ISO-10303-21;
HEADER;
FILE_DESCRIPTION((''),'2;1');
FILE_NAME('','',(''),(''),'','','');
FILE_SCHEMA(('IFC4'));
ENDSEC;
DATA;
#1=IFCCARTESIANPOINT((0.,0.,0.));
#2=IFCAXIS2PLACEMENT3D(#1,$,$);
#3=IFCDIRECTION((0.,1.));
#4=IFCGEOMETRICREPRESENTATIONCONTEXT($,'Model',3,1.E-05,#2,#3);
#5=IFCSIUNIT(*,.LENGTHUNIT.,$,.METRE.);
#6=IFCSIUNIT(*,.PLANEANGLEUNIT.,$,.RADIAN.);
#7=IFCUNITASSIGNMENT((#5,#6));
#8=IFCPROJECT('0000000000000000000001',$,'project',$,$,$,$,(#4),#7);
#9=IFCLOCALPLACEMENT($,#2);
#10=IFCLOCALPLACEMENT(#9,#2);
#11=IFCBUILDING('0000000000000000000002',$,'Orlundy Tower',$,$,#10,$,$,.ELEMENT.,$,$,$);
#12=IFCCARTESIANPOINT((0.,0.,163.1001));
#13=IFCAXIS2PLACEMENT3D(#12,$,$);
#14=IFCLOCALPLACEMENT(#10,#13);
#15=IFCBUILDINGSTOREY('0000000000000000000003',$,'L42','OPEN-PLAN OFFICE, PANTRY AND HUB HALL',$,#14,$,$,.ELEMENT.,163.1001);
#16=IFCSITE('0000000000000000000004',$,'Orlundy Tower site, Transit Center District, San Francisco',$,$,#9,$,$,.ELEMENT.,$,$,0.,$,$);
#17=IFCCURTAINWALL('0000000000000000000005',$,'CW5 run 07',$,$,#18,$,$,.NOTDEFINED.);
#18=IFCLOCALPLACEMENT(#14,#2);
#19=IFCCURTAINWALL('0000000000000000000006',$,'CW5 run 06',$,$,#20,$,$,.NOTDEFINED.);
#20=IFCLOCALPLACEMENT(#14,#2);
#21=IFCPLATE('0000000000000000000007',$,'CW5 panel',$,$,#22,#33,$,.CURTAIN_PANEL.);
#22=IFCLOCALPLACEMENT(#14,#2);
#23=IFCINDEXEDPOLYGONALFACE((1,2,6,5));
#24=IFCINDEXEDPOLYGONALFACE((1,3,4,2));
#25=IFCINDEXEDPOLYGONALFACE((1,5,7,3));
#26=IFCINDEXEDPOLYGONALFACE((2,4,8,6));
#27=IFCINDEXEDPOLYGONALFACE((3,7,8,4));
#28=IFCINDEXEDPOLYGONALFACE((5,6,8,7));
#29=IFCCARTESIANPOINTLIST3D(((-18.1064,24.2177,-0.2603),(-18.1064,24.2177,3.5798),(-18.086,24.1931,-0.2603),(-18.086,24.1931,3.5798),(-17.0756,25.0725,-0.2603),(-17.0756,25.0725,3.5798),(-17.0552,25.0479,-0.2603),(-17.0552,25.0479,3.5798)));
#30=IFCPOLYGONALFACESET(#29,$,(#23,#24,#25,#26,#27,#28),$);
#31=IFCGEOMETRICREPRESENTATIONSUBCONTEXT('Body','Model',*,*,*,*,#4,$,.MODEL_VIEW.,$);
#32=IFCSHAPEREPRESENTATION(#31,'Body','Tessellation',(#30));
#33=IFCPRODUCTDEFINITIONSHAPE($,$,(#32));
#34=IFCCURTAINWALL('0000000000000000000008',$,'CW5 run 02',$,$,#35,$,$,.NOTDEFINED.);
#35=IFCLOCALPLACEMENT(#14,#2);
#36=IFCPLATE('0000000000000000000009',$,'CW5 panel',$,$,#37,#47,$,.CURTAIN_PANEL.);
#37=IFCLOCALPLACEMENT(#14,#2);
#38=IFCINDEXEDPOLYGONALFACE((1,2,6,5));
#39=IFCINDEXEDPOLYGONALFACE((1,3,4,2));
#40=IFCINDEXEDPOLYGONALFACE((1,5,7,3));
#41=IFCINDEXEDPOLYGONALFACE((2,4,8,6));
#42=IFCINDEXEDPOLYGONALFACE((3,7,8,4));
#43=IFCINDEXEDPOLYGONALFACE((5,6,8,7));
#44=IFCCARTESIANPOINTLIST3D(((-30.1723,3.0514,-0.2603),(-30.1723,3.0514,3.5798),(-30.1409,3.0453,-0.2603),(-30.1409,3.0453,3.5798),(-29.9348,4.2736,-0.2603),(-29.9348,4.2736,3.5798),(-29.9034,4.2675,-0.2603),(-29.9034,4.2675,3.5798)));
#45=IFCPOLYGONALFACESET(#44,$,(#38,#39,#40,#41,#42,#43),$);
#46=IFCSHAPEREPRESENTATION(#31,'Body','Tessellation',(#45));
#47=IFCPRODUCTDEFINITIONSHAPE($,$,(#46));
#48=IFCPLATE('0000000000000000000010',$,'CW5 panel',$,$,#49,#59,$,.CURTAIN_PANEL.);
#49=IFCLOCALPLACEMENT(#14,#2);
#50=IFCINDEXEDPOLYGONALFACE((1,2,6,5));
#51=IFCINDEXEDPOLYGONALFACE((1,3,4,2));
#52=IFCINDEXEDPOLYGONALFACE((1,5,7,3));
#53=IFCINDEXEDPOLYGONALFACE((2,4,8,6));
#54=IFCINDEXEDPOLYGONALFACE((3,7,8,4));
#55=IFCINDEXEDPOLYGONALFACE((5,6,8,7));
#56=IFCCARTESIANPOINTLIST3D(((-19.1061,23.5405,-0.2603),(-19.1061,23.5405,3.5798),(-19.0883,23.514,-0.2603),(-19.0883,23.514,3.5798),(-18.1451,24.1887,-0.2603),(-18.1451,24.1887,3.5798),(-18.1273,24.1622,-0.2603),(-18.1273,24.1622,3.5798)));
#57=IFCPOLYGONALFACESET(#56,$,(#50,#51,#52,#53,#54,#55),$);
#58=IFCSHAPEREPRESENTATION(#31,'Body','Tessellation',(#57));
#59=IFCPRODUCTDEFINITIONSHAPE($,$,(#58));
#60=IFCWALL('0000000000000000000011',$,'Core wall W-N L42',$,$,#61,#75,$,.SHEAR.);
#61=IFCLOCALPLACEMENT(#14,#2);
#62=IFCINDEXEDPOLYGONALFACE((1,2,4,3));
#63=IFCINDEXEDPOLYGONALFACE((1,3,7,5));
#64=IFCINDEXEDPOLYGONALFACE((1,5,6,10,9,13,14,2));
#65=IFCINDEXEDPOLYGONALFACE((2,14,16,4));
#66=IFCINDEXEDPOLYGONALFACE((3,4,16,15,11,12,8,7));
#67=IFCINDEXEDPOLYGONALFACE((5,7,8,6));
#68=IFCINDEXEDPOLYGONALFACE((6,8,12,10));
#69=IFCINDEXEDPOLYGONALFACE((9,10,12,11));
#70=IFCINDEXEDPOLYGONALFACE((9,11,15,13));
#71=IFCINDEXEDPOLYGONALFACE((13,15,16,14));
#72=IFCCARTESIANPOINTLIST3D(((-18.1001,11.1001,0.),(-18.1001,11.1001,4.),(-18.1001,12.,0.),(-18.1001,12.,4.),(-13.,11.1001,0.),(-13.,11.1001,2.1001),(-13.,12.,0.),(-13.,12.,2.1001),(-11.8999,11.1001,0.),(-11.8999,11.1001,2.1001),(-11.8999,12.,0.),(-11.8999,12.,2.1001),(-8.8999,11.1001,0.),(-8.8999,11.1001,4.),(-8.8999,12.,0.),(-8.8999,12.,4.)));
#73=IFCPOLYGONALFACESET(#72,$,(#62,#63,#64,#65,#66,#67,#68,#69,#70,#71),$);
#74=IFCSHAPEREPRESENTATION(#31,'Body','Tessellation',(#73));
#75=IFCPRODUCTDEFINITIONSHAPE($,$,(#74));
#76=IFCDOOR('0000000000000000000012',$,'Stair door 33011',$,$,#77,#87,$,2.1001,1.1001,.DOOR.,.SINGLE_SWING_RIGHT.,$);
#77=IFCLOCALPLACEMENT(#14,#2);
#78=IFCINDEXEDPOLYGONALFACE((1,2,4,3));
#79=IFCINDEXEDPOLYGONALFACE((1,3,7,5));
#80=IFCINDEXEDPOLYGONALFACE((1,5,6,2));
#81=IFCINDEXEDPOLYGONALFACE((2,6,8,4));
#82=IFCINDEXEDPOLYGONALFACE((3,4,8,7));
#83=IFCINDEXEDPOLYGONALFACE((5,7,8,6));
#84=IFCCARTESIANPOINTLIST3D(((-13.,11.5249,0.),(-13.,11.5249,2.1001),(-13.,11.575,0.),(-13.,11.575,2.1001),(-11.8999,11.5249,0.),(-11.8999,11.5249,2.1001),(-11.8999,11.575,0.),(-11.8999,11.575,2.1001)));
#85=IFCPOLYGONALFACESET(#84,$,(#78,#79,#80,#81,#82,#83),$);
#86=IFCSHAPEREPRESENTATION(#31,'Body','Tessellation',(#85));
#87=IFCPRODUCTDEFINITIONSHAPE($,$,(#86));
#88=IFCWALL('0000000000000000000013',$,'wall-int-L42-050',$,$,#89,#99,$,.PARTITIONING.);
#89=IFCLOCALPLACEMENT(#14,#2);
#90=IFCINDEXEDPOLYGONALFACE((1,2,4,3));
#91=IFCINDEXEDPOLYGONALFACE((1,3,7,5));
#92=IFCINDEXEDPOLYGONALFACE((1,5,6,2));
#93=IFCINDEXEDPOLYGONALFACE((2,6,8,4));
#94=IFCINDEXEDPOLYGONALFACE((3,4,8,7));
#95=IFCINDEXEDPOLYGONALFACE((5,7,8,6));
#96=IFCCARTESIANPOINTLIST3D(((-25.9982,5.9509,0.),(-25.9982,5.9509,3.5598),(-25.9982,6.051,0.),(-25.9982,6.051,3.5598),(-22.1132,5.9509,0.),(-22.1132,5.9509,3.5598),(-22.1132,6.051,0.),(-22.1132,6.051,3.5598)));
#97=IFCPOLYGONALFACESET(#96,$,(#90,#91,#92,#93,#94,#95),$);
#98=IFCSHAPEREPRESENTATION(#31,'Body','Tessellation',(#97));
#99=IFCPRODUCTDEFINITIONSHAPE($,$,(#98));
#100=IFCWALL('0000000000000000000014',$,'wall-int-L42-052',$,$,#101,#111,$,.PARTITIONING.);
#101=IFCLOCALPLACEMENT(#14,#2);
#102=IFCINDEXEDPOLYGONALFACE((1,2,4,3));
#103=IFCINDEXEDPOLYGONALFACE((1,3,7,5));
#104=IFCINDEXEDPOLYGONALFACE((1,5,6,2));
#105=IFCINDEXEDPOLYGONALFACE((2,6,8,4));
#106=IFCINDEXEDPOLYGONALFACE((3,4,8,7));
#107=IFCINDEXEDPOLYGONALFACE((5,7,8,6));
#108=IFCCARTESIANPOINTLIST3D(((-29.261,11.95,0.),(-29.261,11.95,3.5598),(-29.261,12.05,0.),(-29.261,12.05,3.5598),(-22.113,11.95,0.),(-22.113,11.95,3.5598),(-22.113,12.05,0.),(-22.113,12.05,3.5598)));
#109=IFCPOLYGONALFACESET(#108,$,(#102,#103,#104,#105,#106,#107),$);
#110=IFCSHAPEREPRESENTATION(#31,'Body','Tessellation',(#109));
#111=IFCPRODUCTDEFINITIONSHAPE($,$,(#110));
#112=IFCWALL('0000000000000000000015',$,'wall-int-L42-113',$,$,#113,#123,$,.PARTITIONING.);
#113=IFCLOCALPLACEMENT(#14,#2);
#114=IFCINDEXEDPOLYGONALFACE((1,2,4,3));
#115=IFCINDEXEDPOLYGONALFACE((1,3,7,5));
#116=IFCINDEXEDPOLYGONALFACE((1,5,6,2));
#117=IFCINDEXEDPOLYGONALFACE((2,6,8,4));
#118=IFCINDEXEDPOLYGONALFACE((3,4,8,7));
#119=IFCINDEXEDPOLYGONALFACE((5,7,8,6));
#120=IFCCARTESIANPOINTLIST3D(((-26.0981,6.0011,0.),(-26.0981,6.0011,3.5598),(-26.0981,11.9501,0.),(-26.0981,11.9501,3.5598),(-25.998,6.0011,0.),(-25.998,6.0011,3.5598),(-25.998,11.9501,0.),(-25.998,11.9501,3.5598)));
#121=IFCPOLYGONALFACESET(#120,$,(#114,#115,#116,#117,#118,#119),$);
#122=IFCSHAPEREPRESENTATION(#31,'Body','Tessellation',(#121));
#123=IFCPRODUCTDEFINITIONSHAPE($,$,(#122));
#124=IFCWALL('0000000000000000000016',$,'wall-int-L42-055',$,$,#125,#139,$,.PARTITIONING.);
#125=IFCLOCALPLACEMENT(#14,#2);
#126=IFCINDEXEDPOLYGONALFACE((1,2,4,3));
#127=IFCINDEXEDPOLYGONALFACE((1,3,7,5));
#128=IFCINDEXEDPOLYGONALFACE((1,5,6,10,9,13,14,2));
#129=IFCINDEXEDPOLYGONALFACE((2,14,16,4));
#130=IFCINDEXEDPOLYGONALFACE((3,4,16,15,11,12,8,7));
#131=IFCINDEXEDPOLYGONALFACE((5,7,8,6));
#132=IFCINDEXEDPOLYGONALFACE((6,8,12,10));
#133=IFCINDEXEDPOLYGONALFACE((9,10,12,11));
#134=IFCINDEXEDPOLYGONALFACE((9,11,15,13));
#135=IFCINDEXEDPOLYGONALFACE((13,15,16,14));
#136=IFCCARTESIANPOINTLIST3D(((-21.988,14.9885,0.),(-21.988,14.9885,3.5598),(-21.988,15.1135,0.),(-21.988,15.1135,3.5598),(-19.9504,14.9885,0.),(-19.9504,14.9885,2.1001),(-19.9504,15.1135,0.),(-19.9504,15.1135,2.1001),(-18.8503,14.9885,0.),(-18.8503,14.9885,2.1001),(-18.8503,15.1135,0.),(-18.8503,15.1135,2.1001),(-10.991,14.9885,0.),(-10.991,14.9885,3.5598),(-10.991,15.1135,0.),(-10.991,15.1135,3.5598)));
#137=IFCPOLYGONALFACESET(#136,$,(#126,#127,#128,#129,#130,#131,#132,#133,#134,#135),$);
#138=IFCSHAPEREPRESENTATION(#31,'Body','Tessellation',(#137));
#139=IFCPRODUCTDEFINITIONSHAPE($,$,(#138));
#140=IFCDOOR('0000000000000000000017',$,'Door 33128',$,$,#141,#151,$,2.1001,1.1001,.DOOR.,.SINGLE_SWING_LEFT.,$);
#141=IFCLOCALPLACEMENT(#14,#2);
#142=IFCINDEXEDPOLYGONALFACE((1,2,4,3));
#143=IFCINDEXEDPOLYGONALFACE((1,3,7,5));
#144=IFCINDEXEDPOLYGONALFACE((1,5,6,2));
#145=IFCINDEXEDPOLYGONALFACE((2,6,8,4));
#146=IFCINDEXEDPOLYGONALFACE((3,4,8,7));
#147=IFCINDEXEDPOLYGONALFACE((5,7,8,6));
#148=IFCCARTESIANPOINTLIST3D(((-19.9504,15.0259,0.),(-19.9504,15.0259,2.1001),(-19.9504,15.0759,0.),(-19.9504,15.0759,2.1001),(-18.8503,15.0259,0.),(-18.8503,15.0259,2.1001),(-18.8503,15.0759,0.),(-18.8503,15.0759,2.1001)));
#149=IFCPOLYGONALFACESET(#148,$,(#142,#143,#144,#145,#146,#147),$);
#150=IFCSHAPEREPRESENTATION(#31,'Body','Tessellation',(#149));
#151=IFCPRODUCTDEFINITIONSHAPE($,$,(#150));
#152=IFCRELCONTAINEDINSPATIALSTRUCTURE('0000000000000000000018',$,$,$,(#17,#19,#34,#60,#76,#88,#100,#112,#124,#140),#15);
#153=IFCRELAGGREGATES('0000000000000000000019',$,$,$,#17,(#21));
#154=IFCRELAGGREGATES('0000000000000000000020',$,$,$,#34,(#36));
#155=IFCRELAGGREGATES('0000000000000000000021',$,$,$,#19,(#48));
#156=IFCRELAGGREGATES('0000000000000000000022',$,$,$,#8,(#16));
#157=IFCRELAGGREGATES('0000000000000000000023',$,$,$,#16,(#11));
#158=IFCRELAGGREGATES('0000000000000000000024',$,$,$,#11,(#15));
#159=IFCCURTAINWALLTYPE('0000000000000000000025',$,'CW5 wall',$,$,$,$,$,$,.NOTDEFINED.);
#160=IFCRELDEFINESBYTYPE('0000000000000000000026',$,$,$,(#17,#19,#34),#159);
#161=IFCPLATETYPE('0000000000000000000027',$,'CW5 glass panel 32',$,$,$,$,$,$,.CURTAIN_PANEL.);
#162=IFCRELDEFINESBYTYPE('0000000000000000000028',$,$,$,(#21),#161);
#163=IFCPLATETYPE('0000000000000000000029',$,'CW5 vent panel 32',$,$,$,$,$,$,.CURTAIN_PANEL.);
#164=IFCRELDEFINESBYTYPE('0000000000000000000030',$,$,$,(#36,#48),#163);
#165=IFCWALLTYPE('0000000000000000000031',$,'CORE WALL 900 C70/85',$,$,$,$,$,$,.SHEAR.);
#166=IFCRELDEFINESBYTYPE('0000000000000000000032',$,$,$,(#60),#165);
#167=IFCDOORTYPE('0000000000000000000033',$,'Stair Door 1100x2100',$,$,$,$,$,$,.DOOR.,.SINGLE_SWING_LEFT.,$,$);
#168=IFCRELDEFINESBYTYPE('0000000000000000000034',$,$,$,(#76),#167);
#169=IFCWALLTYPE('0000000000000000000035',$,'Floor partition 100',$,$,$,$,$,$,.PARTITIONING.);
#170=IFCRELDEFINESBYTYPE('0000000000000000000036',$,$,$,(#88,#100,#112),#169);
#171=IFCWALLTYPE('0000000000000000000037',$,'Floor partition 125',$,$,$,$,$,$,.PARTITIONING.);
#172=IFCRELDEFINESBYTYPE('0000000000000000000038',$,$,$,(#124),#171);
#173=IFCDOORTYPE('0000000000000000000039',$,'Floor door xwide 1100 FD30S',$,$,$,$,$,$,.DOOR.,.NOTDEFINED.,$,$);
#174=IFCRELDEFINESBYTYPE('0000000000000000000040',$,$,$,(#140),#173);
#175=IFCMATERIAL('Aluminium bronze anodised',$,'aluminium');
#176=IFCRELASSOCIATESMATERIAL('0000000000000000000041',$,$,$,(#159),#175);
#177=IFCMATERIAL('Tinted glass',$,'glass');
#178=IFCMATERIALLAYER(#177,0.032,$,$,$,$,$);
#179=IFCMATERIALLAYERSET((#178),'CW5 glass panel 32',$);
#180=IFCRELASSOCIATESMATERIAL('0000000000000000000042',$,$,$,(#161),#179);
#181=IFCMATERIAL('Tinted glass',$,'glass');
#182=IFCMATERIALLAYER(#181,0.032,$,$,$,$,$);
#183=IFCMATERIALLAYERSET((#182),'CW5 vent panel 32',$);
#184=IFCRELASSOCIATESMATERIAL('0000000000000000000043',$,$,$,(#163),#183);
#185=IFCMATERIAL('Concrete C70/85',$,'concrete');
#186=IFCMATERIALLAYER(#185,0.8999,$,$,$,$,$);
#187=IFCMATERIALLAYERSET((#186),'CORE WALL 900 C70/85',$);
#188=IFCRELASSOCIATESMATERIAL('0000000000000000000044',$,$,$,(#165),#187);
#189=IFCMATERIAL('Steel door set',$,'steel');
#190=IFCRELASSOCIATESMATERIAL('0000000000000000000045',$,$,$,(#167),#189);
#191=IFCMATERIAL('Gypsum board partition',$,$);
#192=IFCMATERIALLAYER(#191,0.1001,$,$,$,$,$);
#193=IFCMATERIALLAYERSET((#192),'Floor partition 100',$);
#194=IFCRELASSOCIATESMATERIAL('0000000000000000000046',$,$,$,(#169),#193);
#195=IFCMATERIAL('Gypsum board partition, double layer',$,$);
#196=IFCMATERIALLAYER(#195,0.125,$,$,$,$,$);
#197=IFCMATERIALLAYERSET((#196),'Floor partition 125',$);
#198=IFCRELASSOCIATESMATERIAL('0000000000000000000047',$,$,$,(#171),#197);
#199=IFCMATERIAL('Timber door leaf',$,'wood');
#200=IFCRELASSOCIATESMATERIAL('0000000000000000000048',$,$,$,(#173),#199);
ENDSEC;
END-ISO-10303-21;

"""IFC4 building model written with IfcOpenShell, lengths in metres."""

from ifc_helpers import new_model, si_unit, direction, frame, frame_2d, origin, origin_2d, place, context, subcontext, project, spatial, rectangle, extrude, material, layer, layer_set, type_object, element, fill, aggregate, save


model = new_model("IFC4")

# Units and contexts
model_context = context("Model", 3, precision=1e-05, world=origin(), true_north=direction((0.0, 1.0)))
body_context = subcontext(model_context, "Body", "Model", "MODEL_VIEW")
ifc_project = project(units=[si_unit("LENGTHUNIT", "METRE"), si_unit("PLANEANGLEUNIT", "RADIAN")], contexts=[model_context])

# Site, building, storey
site_placement = place(None, origin())
site = spatial("IfcSite", under=ifc_project, at=site_placement, Name="Orlundy Tower site, Transit Center District, San Francisco", CompositionType="ELEMENT", RefElevation=0.0)
building_placement = place(site_placement, origin())
building = spatial("IfcBuilding", under=site, at=building_placement, Name="Orlundy Tower", CompositionType="ELEMENT")
storey_placement = place(building_placement, frame((0.0, 0.0, 163.1001)))
storey = spatial("IfcBuildingStorey", under=building, at=storey_placement, Name="L42", Description="OPEN-PLAN OFFICE, PANTRY AND HUB HALL", CompositionType="ELEMENT", Elevation=163.1001)

# Curtain wall
ifc_material_1 = material(Name="Aluminium bronze anodised", Category="aluminium")
curtain_wall_type = type_object("IfcCurtainWallType", Name="CW5 wall", PredefinedType="NOTDEFINED", material=ifc_material_1)
curtain_wall_1_placement = place(storey_placement, origin())
curtain_wall_1 = element("IfcCurtainWall", 1, at=curtain_wall_1_placement, inside=storey, type_object=curtain_wall_type, Name="CW5 run 07", PredefinedType="NOTDEFINED")

# Curtain wall
curtain_wall_2_placement = place(storey_placement, origin())
curtain_wall_2 = element("IfcCurtainWall", 2, at=curtain_wall_2_placement, inside=storey, type_object=curtain_wall_type, Name="CW5 run 06", PredefinedType="NOTDEFINED")

# Plate
ifc_material_2 = material(Name="Tinted glass", Category="glass")
ifc_layer_1 = layer(ifc_material_2, 0.032)
ifc_layer_set_1 = layer_set([ifc_layer_1], Name="CW5 glass panel 32")
plate_type_1 = type_object("IfcPlateType", Name="CW5 glass panel 32", PredefinedType="CURTAIN_PANEL", material=ifc_layer_set_1)
plate_1_placement = place(storey_placement, frame((-17.5808, 24.6328, -0.2603), z_axis=(0.0, 0.0, 1.0), x_axis=(0.76977, 0.638321, 0.0)))
plate_1 = element("IfcPlate", 3, at=plate_1_placement, type_object=plate_type_1, Name="CW5 panel", PredefinedType="CURTAIN_PANEL", context=body_context, shape_type="SweptSolid", body=[
    extrude(rectangle(XDim=1.3391, YDim=0.032, at=origin_2d()), origin(), (0.0, 0.0, 1.0), 3.8401),
])
aggregate(curtain_wall_1, [plate_1])

# Curtain wall, plate
curtain_wall_3_placement = place(storey_placement, origin())
curtain_wall_3 = element("IfcCurtainWall", 4, at=curtain_wall_3_placement, inside=storey, type_object=curtain_wall_type, Name="CW5 run 02", PredefinedType="NOTDEFINED")
ifc_material_3 = material(Name="Tinted glass", Category="glass")
ifc_layer_2 = layer(ifc_material_3, 0.032)
ifc_layer_set_2 = layer_set([ifc_layer_2], Name="CW5 vent panel 32")
plate_type_2 = type_object("IfcPlateType", Name="CW5 vent panel 32", PredefinedType="CURTAIN_PANEL", material=ifc_layer_set_2)
plate_2_placement = place(storey_placement, frame((-30.0378, 3.6594, -0.2603), z_axis=(0.0, 0.0, 1.0), x_axis=(0.190789, 0.981631, 0.0)))
plate_2 = element("IfcPlate", 5, at=plate_2_placement, type_object=plate_type_2, Name="CW5 panel", PredefinedType="CURTAIN_PANEL", context=body_context, shape_type="SweptSolid", body=[
    extrude(rectangle(XDim=1.2451, YDim=0.032, at=origin_2d()), origin(), (0.0, 0.0, 1.0), 3.8401),
])
aggregate(curtain_wall_3, [plate_2])

# Plate
plate_3_placement = place(storey_placement, frame((-18.6167, 23.8513, -0.2603), z_axis=(0.0, 0.0, 1.0), x_axis=(0.82903, 0.559204, 0.0)))
plate_3 = element("IfcPlate", 6, at=plate_3_placement, type_object=plate_type_2, Name="CW5 panel", PredefinedType="CURTAIN_PANEL", context=body_context, shape_type="SweptSolid", body=[
    extrude(rectangle(XDim=1.1592, YDim=0.032, at=origin_2d()), origin(), (0.0, 0.0, 1.0), 3.8401),
])
aggregate(curtain_wall_2, [plate_3])

# Wall, opening, door
ifc_material_4 = material(Name="Concrete C70/85", Category="concrete")
ifc_layer_3 = layer(ifc_material_4, 0.8999)
ifc_layer_set_3 = layer_set([ifc_layer_3], Name="CORE WALL 900 C70/85")
wall_type_1 = type_object("IfcWallType", Name="CORE WALL 900 C70/85", PredefinedType="SHEAR", material=ifc_layer_set_3)
wall_1_placement = place(storey_placement, frame((-18.1001, 11.55, 0.0), z_axis=(0.0, 0.0, 1.0), x_axis=(1.0, 0.0, 0.0)))
wall_1 = element("IfcWall", 7, at=wall_1_placement, inside=storey, type_object=wall_type_1, Name="Core wall W-N L42", PredefinedType="SHEAR", context=body_context, shape_type="SweptSolid", body=[
    extrude(rectangle(XDim=9.2002, YDim=0.8999, at=frame_2d((4.6001, 0.0))), origin(), (0.0, 0.0, 1.0), 4.0),
])
opening_1_placement = place(wall_1_placement, frame((5.1001, 0.0, 0.0)))
opening_1 = element("IfcOpeningElement", 8, at=opening_1_placement, cuts=wall_1, PredefinedType="OPENING", context=body_context, shape_type="SweptSolid", body=[
    extrude(rectangle(XDim=1.1001, YDim=2.1001, at=frame_2d((0.55, 1.05))), frame((0.0, 0.46, 0.0), z_axis=(0.0, -1.0, 0.0), x_axis=(1.0, 0.0, 0.0)), (0.0, 0.0, 1.0), 0.9199),
])
ifc_material_5 = material(Name="Steel door set", Category="steel")
door_type_1 = type_object("IfcDoorType", Name="Stair Door 1100x2100", OperationType="SINGLE_SWING_LEFT", PredefinedType="DOOR", material=ifc_material_5)
door_1_placement = place(opening_1_placement, origin())
door_1 = element("IfcDoor", 9, at=door_1_placement, inside=storey, type_object=door_type_1, Name="Stair door 33011", OperationType="SINGLE_SWING_RIGHT", OverallHeight=2.1001, OverallWidth=1.1001, PredefinedType="DOOR", context=body_context, shape_type="SweptSolid", body=[
    extrude(rectangle(XDim=1.1001, YDim=2.1001, at=frame_2d((0.55, 1.05))), frame((0.0, 0.0249, 0.0), z_axis=(0.0, -1.0, 0.0), x_axis=(1.0, 0.0, 0.0)), (0.0, 0.0, 1.0), 0.05),
])
fill(opening_1, door_1)

# Walls
ifc_material_6 = material(Name="Gypsum board partition")
ifc_layer_4 = layer(ifc_material_6, 0.1001)
ifc_layer_set_4 = layer_set([ifc_layer_4], Name="Floor partition 100")
wall_type_2 = type_object("IfcWallType", Name="Floor partition 100", PredefinedType="PARTITIONING", material=ifc_layer_set_4)
wall_2_placement = place(storey_placement, frame((-25.998, 6.001, 0.0), z_axis=(0.0, 0.0, 1.0), x_axis=(1.0, 0.0, 0.0)))
element("IfcWall", 10, at=wall_2_placement, inside=storey, type_object=wall_type_2, Name="wall-int-L42-050", PredefinedType="PARTITIONING", context=body_context, shape_type="SweptSolid", body=[
    extrude(rectangle(XDim=3.885, YDim=0.1001, at=frame_2d((1.9424, 0.0))), origin(), (0.0, 0.0, 1.0), 3.5598),
])
wall_3_placement = place(storey_placement, frame((-29.261, 12.0, 0.0), z_axis=(0.0, 0.0, 1.0), x_axis=(1.0, 0.0, 0.0)))
element("IfcWall", 11, at=wall_3_placement, inside=storey, type_object=wall_type_2, Name="wall-int-L42-052", PredefinedType="PARTITIONING", context=body_context, shape_type="SweptSolid", body=[
    extrude(rectangle(XDim=7.1479, YDim=0.1001, at=frame_2d((3.574, 0.0))), origin(), (0.0, 0.0, 1.0), 3.5598),
])
wall_4_placement = place(storey_placement, frame((-26.0481, 6.001, 0.0), z_axis=(0.0, 0.0, 1.0), x_axis=(0.0, 1.0, 0.0)))
element("IfcWall", 12, at=wall_4_placement, inside=storey, type_object=wall_type_2, Name="wall-int-L42-113", PredefinedType="PARTITIONING", context=body_context, shape_type="SweptSolid", body=[
    extrude(rectangle(XDim=5.949, YDim=0.1001, at=frame_2d((2.9746, 0.0))), origin(), (0.0, 0.0, 1.0), 3.5598),
])

# Wall, opening, door
ifc_material_7 = material(Name="Gypsum board partition, double layer")
ifc_layer_5 = layer(ifc_material_7, 0.125)
ifc_layer_set_5 = layer_set([ifc_layer_5], Name="Floor partition 125")
wall_type_3 = type_object("IfcWallType", Name="Floor partition 125", PredefinedType="PARTITIONING", material=ifc_layer_set_5)
wall_5_placement = place(storey_placement, frame((-21.988, 15.051, 0.0), z_axis=(0.0, 0.0, 1.0), x_axis=(1.0, 0.0, 0.0)))
wall_5 = element("IfcWall", 13, at=wall_5_placement, inside=storey, type_object=wall_type_3, Name="wall-int-L42-055", PredefinedType="PARTITIONING", context=body_context, shape_type="SweptSolid", body=[
    extrude(rectangle(XDim=10.9971, YDim=0.125, at=frame_2d((5.4985, 0.0))), origin(), (0.0, 0.0, 1.0), 3.5598),
])
opening_2_placement = place(wall_5_placement, frame((2.0376, 0.0, 0.0)))
opening_2 = element("IfcOpeningElement", 14, at=opening_2_placement, cuts=wall_5, PredefinedType="OPENING", context=body_context, shape_type="SweptSolid", body=[
    extrude(rectangle(XDim=1.1001, YDim=2.1001, at=frame_2d((0.55, 1.05))), frame((0.0, 0.0725, 0.0), z_axis=(0.0, -1.0, 0.0), x_axis=(1.0, 0.0, 0.0)), (0.0, 0.0, 1.0), 0.145),
])
ifc_material_8 = material(Name="Timber door leaf", Category="wood")
door_type_2 = type_object("IfcDoorType", Name="Floor door xwide 1100 FD30S", OperationType="NOTDEFINED", PredefinedType="DOOR", material=ifc_material_8)
door_2_placement = place(opening_2_placement, origin())
door_2 = element("IfcDoor", 15, at=door_2_placement, inside=storey, type_object=door_type_2, Name="Door 33128", OperationType="SINGLE_SWING_LEFT", OverallHeight=2.1001, OverallWidth=1.1001, PredefinedType="DOOR", context=body_context, shape_type="SweptSolid", body=[
    extrude(rectangle(XDim=1.1001, YDim=2.1001, at=frame_2d((0.55, 1.05))), frame((0.0, 0.0249, 0.0), z_axis=(0.0, -1.0, 0.0), x_axis=(1.0, 0.0, 0.0)), (0.0, 0.0, 1.0), 0.05),
])
fill(opening_2, door_2)

save(model, "model.ifc")
